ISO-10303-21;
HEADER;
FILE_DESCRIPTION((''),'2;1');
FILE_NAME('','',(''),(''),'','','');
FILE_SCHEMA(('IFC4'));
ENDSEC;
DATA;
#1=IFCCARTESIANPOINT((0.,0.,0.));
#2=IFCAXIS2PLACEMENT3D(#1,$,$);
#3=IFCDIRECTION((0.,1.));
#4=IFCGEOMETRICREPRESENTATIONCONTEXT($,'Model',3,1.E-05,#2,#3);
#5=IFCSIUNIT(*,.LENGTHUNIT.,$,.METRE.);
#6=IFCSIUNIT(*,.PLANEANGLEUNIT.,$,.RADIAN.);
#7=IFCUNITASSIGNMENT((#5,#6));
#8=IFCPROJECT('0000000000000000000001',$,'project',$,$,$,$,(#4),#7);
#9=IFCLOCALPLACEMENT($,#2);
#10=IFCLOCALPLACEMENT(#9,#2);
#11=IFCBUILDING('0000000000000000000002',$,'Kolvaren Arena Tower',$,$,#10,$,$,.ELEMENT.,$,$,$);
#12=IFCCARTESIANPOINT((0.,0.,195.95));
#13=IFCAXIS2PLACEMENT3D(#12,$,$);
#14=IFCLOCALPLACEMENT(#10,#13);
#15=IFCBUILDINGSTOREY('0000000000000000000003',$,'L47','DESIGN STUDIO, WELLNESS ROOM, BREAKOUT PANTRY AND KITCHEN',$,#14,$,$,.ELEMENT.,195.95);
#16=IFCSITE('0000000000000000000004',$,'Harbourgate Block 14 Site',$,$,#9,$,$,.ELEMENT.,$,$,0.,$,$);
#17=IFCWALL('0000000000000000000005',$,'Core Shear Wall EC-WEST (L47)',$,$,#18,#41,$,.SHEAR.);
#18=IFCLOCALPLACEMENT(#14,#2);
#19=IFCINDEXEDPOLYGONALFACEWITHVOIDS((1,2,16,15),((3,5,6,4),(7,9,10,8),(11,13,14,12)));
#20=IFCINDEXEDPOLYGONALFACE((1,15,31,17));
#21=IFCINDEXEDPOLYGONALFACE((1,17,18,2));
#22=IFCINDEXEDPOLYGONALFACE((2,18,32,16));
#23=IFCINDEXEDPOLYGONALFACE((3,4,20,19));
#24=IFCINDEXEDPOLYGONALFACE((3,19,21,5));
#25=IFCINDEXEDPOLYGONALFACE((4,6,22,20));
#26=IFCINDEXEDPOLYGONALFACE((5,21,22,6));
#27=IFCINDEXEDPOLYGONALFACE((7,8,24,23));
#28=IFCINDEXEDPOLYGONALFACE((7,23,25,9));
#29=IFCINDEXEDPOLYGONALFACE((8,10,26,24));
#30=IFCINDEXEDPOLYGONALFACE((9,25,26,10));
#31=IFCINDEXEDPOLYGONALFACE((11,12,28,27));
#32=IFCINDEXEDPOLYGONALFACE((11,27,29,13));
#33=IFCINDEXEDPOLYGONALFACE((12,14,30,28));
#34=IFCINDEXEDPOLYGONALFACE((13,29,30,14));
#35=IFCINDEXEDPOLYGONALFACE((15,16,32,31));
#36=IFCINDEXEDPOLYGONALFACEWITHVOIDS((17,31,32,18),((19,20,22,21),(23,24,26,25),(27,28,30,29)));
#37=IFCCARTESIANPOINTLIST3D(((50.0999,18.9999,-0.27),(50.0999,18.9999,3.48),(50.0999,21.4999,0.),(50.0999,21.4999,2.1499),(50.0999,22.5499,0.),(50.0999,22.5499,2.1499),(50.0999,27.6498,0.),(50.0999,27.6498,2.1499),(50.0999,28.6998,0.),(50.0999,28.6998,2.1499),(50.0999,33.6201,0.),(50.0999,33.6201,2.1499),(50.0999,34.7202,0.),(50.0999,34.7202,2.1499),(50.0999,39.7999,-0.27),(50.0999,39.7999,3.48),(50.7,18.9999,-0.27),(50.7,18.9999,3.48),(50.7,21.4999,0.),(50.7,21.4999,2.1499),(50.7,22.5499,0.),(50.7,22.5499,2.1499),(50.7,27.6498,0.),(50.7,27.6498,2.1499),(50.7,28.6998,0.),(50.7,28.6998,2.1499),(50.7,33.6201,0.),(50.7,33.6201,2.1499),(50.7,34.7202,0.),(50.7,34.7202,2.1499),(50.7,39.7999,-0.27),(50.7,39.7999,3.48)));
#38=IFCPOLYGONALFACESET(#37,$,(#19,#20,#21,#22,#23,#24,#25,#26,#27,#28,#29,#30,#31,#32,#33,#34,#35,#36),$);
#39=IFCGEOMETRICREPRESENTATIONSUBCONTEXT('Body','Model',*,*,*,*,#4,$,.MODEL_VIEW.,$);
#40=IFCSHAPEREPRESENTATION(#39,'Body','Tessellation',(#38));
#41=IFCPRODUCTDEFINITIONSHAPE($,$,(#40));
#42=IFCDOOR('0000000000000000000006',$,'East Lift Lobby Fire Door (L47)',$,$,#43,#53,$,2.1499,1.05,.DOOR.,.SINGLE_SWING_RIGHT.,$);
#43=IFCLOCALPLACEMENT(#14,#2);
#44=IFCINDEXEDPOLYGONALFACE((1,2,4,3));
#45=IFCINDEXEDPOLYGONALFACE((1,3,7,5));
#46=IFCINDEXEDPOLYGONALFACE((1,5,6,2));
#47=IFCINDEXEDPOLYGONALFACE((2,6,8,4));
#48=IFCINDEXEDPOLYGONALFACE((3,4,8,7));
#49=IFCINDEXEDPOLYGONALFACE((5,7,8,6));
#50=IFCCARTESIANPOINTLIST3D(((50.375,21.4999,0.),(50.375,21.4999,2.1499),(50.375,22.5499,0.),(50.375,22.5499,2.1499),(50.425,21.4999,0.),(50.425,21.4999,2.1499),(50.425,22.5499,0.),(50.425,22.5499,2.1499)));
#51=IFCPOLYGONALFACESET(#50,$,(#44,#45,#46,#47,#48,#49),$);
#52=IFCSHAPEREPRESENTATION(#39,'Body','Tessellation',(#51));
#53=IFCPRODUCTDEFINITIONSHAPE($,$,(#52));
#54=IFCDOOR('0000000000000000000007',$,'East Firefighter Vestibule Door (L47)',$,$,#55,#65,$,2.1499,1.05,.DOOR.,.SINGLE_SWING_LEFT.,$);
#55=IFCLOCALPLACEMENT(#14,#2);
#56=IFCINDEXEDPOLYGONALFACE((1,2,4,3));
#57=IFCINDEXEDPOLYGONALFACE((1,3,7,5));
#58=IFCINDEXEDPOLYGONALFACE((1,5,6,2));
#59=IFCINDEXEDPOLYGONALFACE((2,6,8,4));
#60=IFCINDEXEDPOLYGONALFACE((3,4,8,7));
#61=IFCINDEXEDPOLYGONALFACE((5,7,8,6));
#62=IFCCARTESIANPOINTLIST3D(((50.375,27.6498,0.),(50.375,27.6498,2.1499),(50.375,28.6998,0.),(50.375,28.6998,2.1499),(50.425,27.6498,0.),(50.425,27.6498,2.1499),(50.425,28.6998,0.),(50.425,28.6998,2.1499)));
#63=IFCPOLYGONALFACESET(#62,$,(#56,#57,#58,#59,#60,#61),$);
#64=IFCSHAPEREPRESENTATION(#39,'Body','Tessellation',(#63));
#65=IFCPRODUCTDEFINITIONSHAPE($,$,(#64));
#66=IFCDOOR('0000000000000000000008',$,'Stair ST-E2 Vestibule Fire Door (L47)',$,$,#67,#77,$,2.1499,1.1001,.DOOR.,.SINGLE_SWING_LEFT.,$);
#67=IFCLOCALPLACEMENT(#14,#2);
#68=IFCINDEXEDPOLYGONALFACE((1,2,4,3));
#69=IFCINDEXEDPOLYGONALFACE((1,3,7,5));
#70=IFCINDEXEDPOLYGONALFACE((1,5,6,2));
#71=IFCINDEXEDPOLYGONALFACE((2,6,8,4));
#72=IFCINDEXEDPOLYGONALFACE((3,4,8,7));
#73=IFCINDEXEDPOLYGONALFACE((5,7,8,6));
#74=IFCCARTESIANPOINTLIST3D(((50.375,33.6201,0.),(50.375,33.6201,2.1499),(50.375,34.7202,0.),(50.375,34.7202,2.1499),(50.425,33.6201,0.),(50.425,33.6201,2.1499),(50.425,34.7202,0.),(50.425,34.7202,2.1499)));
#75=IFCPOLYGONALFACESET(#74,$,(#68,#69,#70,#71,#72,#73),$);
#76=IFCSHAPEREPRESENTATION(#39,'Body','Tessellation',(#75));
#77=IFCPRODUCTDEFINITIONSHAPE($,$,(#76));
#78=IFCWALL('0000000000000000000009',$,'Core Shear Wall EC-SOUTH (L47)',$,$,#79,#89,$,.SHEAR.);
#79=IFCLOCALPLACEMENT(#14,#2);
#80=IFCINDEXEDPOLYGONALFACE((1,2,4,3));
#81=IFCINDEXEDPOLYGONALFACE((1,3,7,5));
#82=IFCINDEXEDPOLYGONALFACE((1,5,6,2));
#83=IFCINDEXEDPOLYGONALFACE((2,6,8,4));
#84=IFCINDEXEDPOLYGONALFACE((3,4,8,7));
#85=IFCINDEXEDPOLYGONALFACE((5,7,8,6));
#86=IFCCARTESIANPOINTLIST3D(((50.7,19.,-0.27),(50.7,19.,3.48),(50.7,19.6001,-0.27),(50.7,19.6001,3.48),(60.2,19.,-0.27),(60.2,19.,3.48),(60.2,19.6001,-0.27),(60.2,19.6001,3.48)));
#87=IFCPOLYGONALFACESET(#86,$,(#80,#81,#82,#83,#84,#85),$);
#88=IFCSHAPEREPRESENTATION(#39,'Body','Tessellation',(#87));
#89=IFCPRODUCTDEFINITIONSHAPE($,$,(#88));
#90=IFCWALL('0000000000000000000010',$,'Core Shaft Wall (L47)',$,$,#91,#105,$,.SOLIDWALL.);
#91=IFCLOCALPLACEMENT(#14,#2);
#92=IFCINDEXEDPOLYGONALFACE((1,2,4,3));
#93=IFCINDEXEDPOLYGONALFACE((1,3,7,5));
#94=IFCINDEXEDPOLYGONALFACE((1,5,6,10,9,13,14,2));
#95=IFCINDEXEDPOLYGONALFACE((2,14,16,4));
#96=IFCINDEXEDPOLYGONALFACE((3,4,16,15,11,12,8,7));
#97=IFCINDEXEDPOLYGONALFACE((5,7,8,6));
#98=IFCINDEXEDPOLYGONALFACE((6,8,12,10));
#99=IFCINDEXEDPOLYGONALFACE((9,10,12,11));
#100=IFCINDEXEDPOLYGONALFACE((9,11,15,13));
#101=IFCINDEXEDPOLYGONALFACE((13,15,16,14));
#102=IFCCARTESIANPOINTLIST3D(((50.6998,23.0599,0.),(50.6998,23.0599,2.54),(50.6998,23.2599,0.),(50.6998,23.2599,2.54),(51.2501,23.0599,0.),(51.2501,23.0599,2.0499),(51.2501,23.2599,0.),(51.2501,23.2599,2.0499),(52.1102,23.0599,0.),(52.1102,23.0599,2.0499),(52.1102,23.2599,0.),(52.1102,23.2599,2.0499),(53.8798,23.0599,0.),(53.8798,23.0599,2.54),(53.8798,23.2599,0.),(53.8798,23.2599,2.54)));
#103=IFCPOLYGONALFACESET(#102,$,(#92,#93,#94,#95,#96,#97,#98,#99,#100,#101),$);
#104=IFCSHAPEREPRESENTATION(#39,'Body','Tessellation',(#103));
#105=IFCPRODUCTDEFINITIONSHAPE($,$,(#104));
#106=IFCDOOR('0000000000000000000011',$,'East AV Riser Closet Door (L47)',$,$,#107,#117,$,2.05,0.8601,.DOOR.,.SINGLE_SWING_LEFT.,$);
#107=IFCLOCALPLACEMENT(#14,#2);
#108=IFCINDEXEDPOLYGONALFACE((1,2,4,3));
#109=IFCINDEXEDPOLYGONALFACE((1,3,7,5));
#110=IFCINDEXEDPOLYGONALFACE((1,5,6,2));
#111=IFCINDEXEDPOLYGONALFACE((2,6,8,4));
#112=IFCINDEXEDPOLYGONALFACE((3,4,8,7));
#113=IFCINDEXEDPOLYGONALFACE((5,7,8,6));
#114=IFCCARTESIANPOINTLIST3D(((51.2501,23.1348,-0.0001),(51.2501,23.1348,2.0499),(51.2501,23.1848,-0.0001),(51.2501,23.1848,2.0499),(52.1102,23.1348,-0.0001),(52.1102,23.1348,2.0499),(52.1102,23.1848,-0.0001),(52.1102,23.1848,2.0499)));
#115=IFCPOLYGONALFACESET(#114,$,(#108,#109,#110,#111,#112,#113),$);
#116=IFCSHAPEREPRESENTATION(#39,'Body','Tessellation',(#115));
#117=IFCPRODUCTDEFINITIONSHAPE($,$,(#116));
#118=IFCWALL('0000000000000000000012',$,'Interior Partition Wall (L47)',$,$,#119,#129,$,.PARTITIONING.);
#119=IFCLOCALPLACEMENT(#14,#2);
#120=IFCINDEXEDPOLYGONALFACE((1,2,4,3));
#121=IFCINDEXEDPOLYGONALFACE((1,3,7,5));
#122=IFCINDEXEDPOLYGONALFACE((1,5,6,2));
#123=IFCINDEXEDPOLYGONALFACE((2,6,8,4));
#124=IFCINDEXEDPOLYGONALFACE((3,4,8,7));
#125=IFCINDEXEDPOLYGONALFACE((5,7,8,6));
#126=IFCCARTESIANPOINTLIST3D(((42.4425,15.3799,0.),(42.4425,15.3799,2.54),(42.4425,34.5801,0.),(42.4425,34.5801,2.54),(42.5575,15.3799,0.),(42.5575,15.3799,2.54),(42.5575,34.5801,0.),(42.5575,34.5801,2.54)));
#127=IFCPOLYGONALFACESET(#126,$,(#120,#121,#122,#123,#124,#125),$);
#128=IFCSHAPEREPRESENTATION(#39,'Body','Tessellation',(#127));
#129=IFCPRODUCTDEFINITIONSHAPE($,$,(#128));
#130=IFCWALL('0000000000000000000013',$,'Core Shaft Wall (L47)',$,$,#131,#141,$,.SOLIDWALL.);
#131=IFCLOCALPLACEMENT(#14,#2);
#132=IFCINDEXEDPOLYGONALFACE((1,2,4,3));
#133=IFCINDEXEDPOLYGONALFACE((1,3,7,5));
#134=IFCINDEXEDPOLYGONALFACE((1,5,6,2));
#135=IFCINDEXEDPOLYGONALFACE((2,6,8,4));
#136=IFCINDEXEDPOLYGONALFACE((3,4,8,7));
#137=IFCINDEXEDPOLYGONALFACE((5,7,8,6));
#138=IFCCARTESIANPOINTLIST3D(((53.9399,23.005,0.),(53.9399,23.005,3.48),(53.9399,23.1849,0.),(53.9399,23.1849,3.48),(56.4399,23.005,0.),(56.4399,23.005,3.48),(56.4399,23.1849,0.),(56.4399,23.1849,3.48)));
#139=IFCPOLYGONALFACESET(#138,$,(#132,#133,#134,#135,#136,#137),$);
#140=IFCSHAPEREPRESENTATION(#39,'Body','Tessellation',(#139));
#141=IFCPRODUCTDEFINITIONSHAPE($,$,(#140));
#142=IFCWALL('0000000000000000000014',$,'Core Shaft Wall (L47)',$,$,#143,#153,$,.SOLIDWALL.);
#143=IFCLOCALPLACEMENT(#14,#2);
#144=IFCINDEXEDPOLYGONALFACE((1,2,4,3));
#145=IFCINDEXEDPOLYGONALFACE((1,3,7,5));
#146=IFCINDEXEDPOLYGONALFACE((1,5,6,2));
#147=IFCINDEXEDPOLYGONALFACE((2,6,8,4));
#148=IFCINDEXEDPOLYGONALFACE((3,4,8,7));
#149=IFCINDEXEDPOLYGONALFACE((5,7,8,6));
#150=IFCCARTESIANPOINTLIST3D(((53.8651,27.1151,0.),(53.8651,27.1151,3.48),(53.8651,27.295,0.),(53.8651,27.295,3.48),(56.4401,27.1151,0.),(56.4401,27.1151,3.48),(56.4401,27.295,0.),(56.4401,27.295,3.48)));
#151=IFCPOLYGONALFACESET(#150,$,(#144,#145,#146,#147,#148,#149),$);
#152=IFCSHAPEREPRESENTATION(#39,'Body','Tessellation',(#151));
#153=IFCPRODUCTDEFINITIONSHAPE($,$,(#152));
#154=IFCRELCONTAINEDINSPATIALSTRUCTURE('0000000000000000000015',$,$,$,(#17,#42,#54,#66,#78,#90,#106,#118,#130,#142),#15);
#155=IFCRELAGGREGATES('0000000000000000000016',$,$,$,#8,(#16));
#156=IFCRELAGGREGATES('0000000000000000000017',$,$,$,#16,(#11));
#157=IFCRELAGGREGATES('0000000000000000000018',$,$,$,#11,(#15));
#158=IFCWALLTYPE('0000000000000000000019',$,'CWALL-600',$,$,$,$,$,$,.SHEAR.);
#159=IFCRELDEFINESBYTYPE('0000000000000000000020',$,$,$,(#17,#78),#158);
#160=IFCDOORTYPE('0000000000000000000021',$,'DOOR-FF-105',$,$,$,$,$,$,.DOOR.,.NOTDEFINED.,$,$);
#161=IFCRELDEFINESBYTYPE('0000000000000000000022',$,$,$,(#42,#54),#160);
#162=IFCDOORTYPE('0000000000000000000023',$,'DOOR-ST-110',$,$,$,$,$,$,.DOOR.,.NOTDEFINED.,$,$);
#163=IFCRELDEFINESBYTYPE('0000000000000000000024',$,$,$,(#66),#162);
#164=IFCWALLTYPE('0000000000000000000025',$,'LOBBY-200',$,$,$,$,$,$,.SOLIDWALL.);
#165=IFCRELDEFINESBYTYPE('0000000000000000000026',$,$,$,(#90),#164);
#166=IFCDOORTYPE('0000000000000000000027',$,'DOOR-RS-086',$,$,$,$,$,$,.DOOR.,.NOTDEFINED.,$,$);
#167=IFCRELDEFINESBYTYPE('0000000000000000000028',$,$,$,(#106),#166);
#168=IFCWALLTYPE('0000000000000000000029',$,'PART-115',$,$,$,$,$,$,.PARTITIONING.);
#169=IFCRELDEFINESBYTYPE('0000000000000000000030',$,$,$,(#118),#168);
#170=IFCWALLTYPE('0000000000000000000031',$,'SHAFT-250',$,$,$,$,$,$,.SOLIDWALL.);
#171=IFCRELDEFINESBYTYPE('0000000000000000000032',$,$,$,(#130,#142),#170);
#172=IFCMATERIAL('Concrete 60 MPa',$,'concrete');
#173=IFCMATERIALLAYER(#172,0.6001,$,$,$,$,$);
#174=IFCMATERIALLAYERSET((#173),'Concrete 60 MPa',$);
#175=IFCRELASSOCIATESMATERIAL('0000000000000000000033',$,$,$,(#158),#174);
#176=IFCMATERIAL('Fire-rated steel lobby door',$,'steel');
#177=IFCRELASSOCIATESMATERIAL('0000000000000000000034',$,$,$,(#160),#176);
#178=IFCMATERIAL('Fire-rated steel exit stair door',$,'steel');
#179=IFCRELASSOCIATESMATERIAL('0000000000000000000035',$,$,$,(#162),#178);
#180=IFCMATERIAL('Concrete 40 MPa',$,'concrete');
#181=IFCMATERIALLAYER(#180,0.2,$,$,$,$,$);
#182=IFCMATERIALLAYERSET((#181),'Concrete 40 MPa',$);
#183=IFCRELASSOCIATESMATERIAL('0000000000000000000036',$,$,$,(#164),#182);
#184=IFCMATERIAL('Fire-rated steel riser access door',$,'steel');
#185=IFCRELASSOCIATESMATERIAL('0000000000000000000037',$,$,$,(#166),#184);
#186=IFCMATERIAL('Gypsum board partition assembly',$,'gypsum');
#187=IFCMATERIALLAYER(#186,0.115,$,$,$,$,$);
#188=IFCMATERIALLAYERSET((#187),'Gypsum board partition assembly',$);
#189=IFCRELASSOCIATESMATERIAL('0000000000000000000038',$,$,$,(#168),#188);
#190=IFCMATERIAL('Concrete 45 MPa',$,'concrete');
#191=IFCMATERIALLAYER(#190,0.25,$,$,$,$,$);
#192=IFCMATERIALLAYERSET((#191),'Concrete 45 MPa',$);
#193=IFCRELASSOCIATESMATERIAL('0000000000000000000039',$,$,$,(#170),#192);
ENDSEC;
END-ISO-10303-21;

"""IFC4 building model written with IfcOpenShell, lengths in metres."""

from ifc_helpers import new_model, si_unit, direction, frame, frame_2d, origin, place, context, subcontext, project, spatial, rectangle, extrude, material, layer, layer_set, type_object, element, fill, save


model = new_model("IFC4")

# Units and contexts
model_context = context("Model", 3, precision=1e-05, world=origin(), true_north=direction((0.0, 1.0)))
body_context = subcontext(model_context, "Body", "Model", "MODEL_VIEW")
ifc_project = project(units=[si_unit("LENGTHUNIT", "METRE"), si_unit("PLANEANGLEUNIT", "RADIAN")], contexts=[model_context])

# Site, building, storey
site_placement = place(None, origin())
site = spatial("IfcSite", under=ifc_project, at=site_placement, Name="Harbourgate Block 14 Site", CompositionType="ELEMENT", RefElevation=0.0)
building_placement = place(site_placement, origin())
building = spatial("IfcBuilding", under=site, at=building_placement, Name="Kolvaren Arena Tower", CompositionType="ELEMENT")
storey_placement = place(building_placement, frame((0.0, 0.0, 195.95)))
storey = spatial("IfcBuildingStorey", under=building, at=storey_placement, Name="L47", Description="DESIGN STUDIO, WELLNESS ROOM, BREAKOUT PANTRY AND KITCHEN", CompositionType="ELEMENT", Elevation=195.95)

# Wall, openings, doors
ifc_material_1 = material(Name="Concrete 60 MPa", Category="concrete")
ifc_layer_1 = layer(ifc_material_1, 0.6001)
ifc_layer_set_1 = layer_set([ifc_layer_1], Name="Concrete 60 MPa")
wall_type_1 = type_object("IfcWallType", Name="CWALL-600", PredefinedType="SHEAR", material=ifc_layer_set_1)
wall_1_placement = place(storey_placement, frame((50.3999, 19.0, -0.27), z_axis=(0.0, 0.0, 1.0), x_axis=(0.0, 1.0, 0.0)))
wall_1 = element("IfcWall", 1, at=wall_1_placement, inside=storey, type_object=wall_type_1, Name="Core Shear Wall EC-WEST (L47)", PredefinedType="SHEAR", context=body_context, shape_type="SweptSolid", body=[
    extrude(rectangle(XDim=20.8, YDim=0.6001, at=frame_2d((10.3999, 0.0))), origin(), (0.0, 0.0, 1.0), 3.75),
])
opening_1_placement = place(wall_1_placement, frame((2.5, 0.0, 0.27)))
opening_1 = element("IfcOpeningElement", 2, at=opening_1_placement, cuts=wall_1, PredefinedType="OPENING", context=body_context, shape_type="SweptSolid", body=[
    extrude(rectangle(XDim=1.05, YDim=2.1499, at=frame_2d((0.5249, 1.075))), frame((0.0, 0.3101, 0.0), z_axis=(0.0, -1.0, 0.0), x_axis=(1.0, 0.0, 0.0)), (0.0, 0.0, 1.0), 0.6201),
])
opening_2_placement = place(wall_1_placement, frame((8.6499, 0.0, 0.27)))
opening_2 = element("IfcOpeningElement", 3, at=opening_2_placement, cuts=wall_1, PredefinedType="OPENING", context=body_context, shape_type="SweptSolid", body=[
    extrude(rectangle(XDim=1.05, YDim=2.1499, at=frame_2d((0.5249, 1.075))), frame((0.0, 0.3101, 0.0), z_axis=(0.0, -1.0, 0.0), x_axis=(1.0, 0.0, 0.0)), (0.0, 0.0, 1.0), 0.6201),
])
opening_3_placement = place(wall_1_placement, frame((14.6201, 0.0, 0.27)))
opening_3 = element("IfcOpeningElement", 4, at=opening_3_placement, cuts=wall_1, PredefinedType="OPENING", context=body_context, shape_type="SweptSolid", body=[
    extrude(rectangle(XDim=1.1001, YDim=2.1499, at=frame_2d((0.55, 1.075))), frame((0.0, 0.3101, 0.0), z_axis=(0.0, -1.0, 0.0), x_axis=(1.0, 0.0, 0.0)), (0.0, 0.0, 1.0), 0.6201),
])
ifc_material_2 = material(Name="Fire-rated steel lobby door", Category="steel")
door_type_1 = type_object("IfcDoorType", Name="DOOR-FF-105", OperationType="NOTDEFINED", PredefinedType="DOOR", material=ifc_material_2)
door_1_placement = place(opening_1_placement, origin())
door_1 = element("IfcDoor", 5, at=door_1_placement, inside=storey, type_object=door_type_1, Name="East Lift Lobby Fire Door (L47)", OperationType="SINGLE_SWING_RIGHT", OverallHeight=2.1499, OverallWidth=1.05, PredefinedType="DOOR", context=body_context, shape_type="SweptSolid", body=[
    extrude(rectangle(XDim=1.05, YDim=2.1499, at=frame_2d((0.5249, 1.075))), frame((0.0, 0.0249, 0.0), z_axis=(0.0, -1.0, 0.0), x_axis=(1.0, 0.0, 0.0)), (0.0, 0.0, 1.0), 0.05),
])
fill(opening_1, door_1)
door_2_placement = place(opening_2_placement, origin())
door_2 = element("IfcDoor", 6, at=door_2_placement, inside=storey, type_object=door_type_1, Name="East Firefighter Vestibule Door (L47)", OperationType="SINGLE_SWING_LEFT", OverallHeight=2.1499, OverallWidth=1.05, PredefinedType="DOOR", context=body_context, shape_type="SweptSolid", body=[
    extrude(rectangle(XDim=1.05, YDim=2.1499, at=frame_2d((0.5249, 1.075))), frame((0.0, 0.0249, 0.0), z_axis=(0.0, -1.0, 0.0), x_axis=(1.0, 0.0, 0.0)), (0.0, 0.0, 1.0), 0.05),
])
fill(opening_2, door_2)
ifc_material_3 = material(Name="Fire-rated steel exit stair door", Category="steel")
door_type_2 = type_object("IfcDoorType", Name="DOOR-ST-110", OperationType="NOTDEFINED", PredefinedType="DOOR", material=ifc_material_3)
door_3_placement = place(opening_3_placement, origin())
door_3 = element("IfcDoor", 7, at=door_3_placement, inside=storey, type_object=door_type_2, Name="Stair ST-E2 Vestibule Fire Door (L47)", OperationType="SINGLE_SWING_LEFT", OverallHeight=2.1499, OverallWidth=1.1001, PredefinedType="DOOR", context=body_context, shape_type="SweptSolid", body=[
    extrude(rectangle(XDim=1.1001, YDim=2.1499, at=frame_2d((0.55, 1.075))), frame((0.0, 0.0249, 0.0), z_axis=(0.0, -1.0, 0.0), x_axis=(1.0, 0.0, 0.0)), (0.0, 0.0, 1.0), 0.05),
])
fill(opening_3, door_3)

# Wall
wall_2_placement = place(storey_placement, frame((50.7, 19.3, -0.27), z_axis=(0.0, 0.0, 1.0), x_axis=(1.0, 0.0, 0.0)))
element("IfcWall", 8, at=wall_2_placement, inside=storey, type_object=wall_type_1, Name="Core Shear Wall EC-SOUTH (L47)", PredefinedType="SHEAR", context=body_context, shape_type="SweptSolid", body=[
    extrude(rectangle(XDim=9.5, YDim=0.6001, at=frame_2d((4.75, 0.0))), origin(), (0.0, 0.0, 1.0), 3.75),
])

# Shared definitions
ifc_material_4 = material(Name="Concrete 40 MPa", Category="concrete")
ifc_layer_2 = layer(ifc_material_4, 0.2)
ifc_layer_set_2 = layer_set([ifc_layer_2], Name="Concrete 40 MPa")
wall_type_2 = type_object("IfcWallType", Name="LOBBY-200", PredefinedType="SOLIDWALL", material=ifc_layer_set_2)

# Wall, opening, door
wall_3_placement = place(storey_placement, frame((50.7, 23.1599, 0.0), z_axis=(0.0, 0.0, 1.0), x_axis=(1.0, 0.0, 0.0)))
wall_3 = element("IfcWall", 9, at=wall_3_placement, inside=storey, type_object=wall_type_2, Name="Core Shaft Wall (L47)", PredefinedType="SOLIDWALL", context=body_context, shape_type="SweptSolid", body=[
    extrude(rectangle(XDim=3.1799, YDim=0.2, at=frame_2d((1.5898, 0.0))), origin(), (0.0, 0.0, 1.0), 2.54),
])
opening_4_placement = place(wall_3_placement, frame((0.55, 0.0, 0.0)))
opening_4 = element("IfcOpeningElement", 10, at=opening_4_placement, cuts=wall_3, PredefinedType="OPENING", context=body_context, shape_type="SweptSolid", body=[
    extrude(rectangle(XDim=0.8601, YDim=2.05, at=frame_2d((0.4302, 1.0249))), frame((0.0, 0.1099, 0.0), z_axis=(0.0, -1.0, 0.0), x_axis=(1.0, 0.0, 0.0)), (0.0, 0.0, 1.0), 0.22),
])
ifc_material_5 = material(Name="Fire-rated steel riser access door", Category="steel")
door_type_3 = type_object("IfcDoorType", Name="DOOR-RS-086", OperationType="NOTDEFINED", PredefinedType="DOOR", material=ifc_material_5)
door_4_placement = place(opening_4_placement, origin())
door_4 = element("IfcDoor", 11, at=door_4_placement, inside=storey, type_object=door_type_3, Name="East AV Riser Closet Door (L47)", OperationType="SINGLE_SWING_LEFT", OverallHeight=2.05, OverallWidth=0.8601, PredefinedType="DOOR", context=body_context, shape_type="SweptSolid", body=[
    extrude(rectangle(XDim=0.8601, YDim=2.05, at=frame_2d((0.4302, 1.0249))), frame((0.0, 0.0249, 0.0), z_axis=(0.0, -1.0, 0.0), x_axis=(1.0, 0.0, 0.0)), (0.0, 0.0, 1.0), 0.05),
])
fill(opening_4, door_4)

# Walls
ifc_material_6 = material(Name="Gypsum board partition assembly", Category="gypsum")
ifc_layer_3 = layer(ifc_material_6, 0.115)
ifc_layer_set_3 = layer_set([ifc_layer_3], Name="Gypsum board partition assembly")
wall_type_3 = type_object("IfcWallType", Name="PART-115", PredefinedType="PARTITIONING", material=ifc_layer_set_3)
wall_4_placement = place(storey_placement, frame((42.5, 15.3799, 0.0), z_axis=(0.0, 0.0, 1.0), x_axis=(0.0, 1.0, 0.0)))
element("IfcWall", 12, at=wall_4_placement, inside=storey, type_object=wall_type_3, Name="Interior Partition Wall (L47)", PredefinedType="PARTITIONING", context=body_context, shape_type="SweptSolid", body=[
    extrude(rectangle(XDim=19.2002, YDim=0.115, at=frame_2d((9.6001, 0.0))), origin(), (0.0, 0.0, 1.0), 2.54),
])
ifc_material_7 = material(Name="Concrete 45 MPa", Category="concrete")
ifc_layer_4 = layer(ifc_material_7, 0.25)
ifc_layer_set_4 = layer_set([ifc_layer_4], Name="Concrete 45 MPa")
wall_type_4 = type_object("IfcWallType", Name="SHAFT-250", PredefinedType="SOLIDWALL", material=ifc_layer_set_4)
wall_5_placement = place(storey_placement, frame((53.9399, 23.095, 0.0), z_axis=(0.0, 0.0, 1.0), x_axis=(1.0, 0.0, 0.0)))
element("IfcWall", 13, at=wall_5_placement, inside=storey, type_object=wall_type_4, Name="Core Shaft Wall (L47)", PredefinedType="SOLIDWALL", context=body_context, shape_type="SweptSolid", body=[
    extrude(rectangle(XDim=2.5, YDim=0.1799, at=frame_2d((1.25, 0.0))), origin(), (0.0, 0.0, 1.0), 3.48),
])
wall_6_placement = place(storey_placement, frame((53.865, 27.2051, 0.0), z_axis=(0.0, 0.0, 1.0), x_axis=(1.0, 0.0, 0.0)))
element("IfcWall", 14, at=wall_6_placement, inside=storey, type_object=wall_type_4, Name="Core Shaft Wall (L47)", PredefinedType="SOLIDWALL", context=body_context, shape_type="SweptSolid", body=[
    extrude(rectangle(XDim=2.575, YDim=0.1799, at=frame_2d((1.2876, 0.0))), origin(), (0.0, 0.0, 1.0), 3.48),
])

save(model, "model.ifc")
